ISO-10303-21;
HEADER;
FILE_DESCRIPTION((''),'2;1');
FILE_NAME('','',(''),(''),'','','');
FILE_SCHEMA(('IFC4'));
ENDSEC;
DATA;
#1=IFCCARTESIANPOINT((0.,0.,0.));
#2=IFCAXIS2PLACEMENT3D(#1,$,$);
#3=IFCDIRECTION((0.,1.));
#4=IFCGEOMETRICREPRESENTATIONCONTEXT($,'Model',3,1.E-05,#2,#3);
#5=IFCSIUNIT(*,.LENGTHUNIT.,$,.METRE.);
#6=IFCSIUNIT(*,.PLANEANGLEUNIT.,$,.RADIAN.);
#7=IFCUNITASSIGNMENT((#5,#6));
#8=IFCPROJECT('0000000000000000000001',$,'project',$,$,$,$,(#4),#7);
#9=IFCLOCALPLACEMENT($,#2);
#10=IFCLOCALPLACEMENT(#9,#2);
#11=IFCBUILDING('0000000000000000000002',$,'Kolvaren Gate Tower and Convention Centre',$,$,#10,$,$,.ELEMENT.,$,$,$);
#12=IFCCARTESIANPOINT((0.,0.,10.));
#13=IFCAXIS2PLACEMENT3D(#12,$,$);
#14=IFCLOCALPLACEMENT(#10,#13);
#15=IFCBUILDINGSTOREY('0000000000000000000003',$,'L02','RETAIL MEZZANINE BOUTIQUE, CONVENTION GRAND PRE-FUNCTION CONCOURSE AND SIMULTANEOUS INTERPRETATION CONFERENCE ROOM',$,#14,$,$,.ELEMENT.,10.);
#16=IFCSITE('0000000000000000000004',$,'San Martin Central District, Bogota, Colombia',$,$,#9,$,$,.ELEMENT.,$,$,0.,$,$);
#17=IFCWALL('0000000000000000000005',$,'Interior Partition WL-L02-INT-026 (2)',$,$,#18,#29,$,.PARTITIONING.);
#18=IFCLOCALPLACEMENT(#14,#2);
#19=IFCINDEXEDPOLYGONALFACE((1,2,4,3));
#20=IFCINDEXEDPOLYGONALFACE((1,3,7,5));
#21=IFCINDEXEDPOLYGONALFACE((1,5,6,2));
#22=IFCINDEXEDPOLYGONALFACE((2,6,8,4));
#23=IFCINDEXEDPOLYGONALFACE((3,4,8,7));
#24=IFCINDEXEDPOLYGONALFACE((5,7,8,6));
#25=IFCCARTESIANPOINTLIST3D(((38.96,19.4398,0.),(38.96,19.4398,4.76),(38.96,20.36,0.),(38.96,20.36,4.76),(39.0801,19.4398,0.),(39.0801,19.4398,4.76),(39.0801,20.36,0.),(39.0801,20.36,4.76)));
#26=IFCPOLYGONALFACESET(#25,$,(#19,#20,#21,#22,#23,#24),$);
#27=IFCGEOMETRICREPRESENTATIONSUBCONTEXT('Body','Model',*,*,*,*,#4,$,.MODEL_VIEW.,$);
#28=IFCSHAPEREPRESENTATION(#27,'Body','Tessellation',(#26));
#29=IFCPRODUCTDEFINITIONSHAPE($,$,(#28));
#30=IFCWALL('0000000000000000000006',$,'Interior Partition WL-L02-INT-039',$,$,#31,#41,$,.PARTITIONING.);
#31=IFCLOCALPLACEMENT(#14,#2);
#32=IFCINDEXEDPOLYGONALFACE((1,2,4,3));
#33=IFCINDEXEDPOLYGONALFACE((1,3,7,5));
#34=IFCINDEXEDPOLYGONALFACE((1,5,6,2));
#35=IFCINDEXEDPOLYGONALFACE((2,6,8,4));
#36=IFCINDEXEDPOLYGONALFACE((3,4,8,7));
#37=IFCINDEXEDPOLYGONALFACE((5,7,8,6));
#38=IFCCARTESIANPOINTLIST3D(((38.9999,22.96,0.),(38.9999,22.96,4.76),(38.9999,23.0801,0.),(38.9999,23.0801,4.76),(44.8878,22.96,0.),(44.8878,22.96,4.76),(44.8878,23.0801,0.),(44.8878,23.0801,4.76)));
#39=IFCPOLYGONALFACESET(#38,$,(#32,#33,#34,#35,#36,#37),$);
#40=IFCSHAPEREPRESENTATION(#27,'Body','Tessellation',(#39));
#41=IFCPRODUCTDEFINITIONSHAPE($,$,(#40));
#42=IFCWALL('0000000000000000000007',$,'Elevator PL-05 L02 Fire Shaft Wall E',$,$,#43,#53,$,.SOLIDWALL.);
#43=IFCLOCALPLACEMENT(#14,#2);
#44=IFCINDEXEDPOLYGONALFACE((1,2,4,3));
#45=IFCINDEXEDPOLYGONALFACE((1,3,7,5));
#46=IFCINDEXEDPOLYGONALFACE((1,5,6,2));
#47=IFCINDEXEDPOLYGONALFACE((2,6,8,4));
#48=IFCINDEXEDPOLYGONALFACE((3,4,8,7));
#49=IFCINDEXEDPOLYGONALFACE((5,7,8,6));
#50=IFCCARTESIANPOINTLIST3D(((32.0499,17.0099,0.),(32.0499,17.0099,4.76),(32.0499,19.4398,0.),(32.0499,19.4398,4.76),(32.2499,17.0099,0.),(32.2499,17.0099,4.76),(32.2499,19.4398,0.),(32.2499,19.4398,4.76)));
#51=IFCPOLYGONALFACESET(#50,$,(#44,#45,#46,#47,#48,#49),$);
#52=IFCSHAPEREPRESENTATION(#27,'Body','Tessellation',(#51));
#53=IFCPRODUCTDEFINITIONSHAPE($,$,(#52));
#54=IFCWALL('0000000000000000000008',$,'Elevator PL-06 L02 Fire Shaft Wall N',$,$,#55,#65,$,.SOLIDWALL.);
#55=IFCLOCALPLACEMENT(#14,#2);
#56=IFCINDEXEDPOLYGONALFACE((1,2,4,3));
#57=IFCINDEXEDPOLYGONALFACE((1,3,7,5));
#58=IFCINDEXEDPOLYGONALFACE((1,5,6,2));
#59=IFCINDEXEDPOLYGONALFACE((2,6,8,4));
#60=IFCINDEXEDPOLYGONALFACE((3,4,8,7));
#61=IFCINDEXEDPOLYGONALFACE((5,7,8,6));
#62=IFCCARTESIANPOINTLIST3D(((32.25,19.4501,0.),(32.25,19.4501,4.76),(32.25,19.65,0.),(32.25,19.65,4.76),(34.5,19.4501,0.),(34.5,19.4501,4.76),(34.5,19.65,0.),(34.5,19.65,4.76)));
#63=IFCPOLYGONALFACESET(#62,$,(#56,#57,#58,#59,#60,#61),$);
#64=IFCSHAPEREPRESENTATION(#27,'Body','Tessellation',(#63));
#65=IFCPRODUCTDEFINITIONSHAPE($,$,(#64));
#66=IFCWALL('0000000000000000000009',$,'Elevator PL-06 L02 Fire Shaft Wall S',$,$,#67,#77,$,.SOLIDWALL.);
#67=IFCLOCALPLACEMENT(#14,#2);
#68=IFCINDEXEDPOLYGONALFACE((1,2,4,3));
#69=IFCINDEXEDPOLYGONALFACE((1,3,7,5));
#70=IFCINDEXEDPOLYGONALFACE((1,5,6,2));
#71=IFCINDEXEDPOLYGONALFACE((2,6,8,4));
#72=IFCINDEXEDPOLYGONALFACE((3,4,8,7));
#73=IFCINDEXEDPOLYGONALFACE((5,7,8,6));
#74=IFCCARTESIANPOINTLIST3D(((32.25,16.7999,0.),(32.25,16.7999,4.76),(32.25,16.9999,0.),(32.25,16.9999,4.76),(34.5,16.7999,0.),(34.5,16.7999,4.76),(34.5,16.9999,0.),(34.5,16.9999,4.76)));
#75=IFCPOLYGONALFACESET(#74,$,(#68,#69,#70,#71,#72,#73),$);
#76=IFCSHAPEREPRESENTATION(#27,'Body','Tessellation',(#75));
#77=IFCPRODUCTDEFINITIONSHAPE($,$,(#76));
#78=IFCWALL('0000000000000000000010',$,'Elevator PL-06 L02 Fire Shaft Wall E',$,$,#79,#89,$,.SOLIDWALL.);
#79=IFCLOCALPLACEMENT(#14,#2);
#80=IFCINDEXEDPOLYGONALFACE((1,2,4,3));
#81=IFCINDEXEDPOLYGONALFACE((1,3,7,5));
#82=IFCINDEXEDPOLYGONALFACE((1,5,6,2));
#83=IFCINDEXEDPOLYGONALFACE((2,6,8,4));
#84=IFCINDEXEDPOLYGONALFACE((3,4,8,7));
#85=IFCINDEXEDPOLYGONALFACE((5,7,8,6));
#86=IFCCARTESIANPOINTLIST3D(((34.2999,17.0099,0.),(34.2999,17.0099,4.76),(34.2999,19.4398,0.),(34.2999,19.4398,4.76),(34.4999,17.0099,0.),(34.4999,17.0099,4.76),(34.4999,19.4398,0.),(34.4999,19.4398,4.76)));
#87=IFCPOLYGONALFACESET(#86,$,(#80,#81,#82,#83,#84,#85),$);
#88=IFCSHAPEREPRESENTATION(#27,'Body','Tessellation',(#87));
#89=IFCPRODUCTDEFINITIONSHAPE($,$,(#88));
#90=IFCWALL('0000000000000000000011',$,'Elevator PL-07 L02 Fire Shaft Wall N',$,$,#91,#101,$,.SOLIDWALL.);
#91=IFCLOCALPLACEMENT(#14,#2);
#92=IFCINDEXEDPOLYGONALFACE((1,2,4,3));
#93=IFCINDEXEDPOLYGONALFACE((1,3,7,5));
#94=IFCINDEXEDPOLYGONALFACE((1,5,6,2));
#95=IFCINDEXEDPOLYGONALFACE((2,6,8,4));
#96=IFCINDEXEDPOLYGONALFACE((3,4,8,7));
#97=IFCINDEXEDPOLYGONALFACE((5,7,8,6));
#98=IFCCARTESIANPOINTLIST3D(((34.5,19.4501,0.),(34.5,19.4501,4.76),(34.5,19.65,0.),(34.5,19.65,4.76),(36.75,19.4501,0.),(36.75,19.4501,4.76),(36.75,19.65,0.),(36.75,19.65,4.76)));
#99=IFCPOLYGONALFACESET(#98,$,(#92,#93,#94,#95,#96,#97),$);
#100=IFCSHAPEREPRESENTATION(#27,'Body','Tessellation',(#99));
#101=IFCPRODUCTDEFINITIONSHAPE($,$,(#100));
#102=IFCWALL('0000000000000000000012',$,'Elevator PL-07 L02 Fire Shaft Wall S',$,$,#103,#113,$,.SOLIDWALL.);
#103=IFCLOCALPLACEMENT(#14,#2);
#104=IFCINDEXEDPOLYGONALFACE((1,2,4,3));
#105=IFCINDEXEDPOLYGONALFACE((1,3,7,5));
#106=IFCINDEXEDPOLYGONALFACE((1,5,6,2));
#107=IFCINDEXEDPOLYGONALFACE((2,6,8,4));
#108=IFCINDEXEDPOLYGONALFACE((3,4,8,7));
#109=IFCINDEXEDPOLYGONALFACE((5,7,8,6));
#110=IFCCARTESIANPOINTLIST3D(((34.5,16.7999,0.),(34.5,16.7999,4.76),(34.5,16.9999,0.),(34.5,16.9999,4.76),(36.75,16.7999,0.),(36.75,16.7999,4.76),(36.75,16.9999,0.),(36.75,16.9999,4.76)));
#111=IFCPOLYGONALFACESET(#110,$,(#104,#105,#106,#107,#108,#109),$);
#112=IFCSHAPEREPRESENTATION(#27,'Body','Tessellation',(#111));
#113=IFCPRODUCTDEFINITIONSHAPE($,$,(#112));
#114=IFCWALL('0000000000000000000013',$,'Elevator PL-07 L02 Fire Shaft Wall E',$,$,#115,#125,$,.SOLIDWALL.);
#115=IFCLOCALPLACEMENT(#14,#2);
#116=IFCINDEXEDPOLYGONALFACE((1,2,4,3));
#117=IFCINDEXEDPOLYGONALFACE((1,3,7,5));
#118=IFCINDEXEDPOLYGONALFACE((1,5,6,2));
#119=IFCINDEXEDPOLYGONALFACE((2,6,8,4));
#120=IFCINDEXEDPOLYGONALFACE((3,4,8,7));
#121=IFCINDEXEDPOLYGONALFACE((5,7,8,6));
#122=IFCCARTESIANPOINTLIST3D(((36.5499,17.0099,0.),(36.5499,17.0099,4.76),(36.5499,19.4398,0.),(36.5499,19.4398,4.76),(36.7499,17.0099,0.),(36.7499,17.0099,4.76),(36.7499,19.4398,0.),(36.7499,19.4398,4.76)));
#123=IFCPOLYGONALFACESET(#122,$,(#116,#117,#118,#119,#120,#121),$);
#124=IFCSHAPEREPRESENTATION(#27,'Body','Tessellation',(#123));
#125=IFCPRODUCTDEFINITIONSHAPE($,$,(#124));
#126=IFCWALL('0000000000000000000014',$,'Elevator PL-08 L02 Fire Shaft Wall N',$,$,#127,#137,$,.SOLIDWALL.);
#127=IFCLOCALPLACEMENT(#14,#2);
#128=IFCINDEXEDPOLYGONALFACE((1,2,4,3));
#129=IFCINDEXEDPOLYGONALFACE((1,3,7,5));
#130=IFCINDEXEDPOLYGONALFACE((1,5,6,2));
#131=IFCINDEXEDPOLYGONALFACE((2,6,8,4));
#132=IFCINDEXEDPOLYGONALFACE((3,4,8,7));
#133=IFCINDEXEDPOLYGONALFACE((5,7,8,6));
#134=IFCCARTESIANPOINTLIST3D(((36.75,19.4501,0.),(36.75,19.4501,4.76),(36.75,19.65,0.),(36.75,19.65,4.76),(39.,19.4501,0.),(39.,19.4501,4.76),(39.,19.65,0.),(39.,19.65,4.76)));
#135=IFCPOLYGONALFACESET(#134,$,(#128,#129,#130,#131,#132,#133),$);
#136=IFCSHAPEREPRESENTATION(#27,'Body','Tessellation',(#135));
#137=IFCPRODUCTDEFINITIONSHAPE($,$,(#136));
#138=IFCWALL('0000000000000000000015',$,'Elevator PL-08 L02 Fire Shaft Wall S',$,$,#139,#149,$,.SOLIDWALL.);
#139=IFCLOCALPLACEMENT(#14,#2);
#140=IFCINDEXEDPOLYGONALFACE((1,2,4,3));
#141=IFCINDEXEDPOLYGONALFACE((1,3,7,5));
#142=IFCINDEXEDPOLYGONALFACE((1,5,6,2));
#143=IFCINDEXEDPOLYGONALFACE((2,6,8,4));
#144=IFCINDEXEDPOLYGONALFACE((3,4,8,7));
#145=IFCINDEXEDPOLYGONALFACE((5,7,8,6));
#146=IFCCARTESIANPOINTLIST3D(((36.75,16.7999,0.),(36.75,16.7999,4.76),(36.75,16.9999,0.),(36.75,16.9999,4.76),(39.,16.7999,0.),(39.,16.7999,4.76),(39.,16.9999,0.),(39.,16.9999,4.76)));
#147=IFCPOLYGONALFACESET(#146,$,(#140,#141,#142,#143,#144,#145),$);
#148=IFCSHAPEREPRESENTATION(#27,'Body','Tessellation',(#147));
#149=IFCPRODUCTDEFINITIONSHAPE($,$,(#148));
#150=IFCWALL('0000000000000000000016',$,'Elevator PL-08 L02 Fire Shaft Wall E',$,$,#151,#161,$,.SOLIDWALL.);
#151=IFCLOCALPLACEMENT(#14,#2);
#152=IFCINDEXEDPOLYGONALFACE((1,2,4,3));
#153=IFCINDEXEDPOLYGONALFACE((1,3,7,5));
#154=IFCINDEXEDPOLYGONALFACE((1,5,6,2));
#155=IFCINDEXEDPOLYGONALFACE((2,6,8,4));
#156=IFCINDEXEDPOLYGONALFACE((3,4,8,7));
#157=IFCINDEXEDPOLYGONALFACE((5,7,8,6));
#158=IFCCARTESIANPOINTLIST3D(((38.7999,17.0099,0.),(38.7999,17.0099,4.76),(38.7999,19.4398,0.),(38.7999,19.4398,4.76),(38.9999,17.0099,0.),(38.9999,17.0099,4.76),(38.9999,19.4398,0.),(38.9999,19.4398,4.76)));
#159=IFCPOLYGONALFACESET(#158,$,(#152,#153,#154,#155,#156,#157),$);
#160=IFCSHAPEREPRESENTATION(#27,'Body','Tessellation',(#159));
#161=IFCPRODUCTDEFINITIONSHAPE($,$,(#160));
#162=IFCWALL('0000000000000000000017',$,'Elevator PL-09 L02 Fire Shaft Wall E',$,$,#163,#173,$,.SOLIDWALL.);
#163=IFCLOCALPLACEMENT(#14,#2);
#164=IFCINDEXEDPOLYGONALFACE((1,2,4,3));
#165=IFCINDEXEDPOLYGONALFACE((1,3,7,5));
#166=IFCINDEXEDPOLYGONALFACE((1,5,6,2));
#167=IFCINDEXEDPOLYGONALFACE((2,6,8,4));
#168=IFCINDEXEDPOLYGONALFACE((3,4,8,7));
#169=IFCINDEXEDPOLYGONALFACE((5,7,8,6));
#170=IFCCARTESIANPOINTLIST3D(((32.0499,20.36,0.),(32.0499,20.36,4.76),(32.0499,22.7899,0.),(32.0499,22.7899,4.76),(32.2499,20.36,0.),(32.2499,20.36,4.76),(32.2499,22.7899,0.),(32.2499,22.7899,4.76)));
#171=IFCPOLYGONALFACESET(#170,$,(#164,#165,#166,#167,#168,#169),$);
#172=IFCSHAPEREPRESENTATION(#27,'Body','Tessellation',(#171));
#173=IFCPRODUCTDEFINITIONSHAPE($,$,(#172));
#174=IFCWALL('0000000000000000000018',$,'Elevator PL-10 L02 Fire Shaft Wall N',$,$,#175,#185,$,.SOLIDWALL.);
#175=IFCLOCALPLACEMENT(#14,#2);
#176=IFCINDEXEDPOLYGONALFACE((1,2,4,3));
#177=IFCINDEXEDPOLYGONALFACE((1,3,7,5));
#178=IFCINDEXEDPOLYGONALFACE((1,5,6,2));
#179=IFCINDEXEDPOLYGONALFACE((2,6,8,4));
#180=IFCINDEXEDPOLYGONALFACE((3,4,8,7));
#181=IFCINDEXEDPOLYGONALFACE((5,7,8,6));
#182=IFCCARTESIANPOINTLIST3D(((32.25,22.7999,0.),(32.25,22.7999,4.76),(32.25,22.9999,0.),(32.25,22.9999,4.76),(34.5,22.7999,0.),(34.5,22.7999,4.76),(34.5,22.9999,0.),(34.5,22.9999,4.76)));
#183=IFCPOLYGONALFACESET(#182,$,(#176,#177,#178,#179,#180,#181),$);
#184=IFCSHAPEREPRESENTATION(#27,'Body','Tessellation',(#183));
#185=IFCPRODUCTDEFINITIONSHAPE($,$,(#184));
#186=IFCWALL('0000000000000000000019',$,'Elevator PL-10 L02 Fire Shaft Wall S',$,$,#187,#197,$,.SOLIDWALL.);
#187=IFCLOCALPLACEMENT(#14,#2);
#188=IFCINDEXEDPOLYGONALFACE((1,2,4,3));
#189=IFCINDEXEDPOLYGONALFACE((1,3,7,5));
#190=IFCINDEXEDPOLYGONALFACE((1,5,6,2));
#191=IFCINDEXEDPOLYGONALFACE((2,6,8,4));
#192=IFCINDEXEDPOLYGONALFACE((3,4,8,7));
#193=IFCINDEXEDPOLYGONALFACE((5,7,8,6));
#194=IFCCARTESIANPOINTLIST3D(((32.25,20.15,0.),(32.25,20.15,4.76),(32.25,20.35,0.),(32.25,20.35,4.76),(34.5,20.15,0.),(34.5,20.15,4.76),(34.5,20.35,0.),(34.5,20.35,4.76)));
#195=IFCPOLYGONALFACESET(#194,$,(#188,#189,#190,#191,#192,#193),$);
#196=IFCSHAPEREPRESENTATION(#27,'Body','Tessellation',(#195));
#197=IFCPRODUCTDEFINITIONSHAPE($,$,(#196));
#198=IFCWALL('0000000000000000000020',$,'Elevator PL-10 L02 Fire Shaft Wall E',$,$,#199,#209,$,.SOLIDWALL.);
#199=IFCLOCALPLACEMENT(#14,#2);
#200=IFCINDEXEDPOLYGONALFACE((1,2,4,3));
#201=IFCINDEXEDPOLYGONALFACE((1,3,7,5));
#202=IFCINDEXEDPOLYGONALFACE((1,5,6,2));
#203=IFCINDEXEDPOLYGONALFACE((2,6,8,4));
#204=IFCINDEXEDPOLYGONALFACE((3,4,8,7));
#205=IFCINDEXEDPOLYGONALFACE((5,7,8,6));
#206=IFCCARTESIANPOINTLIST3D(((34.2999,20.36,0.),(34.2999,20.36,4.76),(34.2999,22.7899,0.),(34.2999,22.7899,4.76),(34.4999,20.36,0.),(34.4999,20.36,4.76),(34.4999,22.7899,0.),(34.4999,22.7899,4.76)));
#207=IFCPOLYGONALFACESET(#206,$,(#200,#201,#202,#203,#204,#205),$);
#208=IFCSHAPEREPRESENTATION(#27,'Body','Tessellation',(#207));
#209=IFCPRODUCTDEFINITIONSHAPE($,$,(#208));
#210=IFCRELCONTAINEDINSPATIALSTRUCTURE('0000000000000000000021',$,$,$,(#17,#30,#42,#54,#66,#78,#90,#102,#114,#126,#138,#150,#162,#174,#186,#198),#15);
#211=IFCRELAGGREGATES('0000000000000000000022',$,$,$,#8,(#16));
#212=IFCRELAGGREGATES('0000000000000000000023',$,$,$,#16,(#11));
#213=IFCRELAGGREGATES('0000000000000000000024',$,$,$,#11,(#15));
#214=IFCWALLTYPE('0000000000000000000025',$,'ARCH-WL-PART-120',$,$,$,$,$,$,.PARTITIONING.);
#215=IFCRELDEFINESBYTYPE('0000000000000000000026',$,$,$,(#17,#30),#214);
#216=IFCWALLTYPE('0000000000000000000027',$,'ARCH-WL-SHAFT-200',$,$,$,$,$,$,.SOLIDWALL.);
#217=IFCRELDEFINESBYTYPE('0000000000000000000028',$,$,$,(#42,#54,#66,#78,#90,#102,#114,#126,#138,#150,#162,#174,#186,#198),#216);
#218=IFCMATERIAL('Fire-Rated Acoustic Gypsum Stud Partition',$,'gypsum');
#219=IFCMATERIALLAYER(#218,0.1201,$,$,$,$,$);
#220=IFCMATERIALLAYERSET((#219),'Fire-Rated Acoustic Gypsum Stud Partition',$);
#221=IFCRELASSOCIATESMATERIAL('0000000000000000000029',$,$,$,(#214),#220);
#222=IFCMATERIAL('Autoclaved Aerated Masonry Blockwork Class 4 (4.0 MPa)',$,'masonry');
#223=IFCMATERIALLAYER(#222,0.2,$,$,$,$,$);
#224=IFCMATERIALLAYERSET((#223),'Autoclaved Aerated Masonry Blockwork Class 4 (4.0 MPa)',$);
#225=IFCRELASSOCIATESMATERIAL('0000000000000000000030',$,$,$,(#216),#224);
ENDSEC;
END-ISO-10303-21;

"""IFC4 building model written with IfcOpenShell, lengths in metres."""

from ifc_helpers import new_model, si_unit, direction, frame, frame_2d, origin, place, context, subcontext, project, spatial, rectangle, extrude, material, layer, layer_set, type_object, element, save


model = new_model("IFC4")

# Units and contexts
model_context = context("Model", 3, precision=1e-05, world=origin(), true_north=direction((0.0, 1.0)))
body_context = subcontext(model_context, "Body", "Model", "MODEL_VIEW")
ifc_project = project(units=[si_unit("LENGTHUNIT", "METRE"), si_unit("PLANEANGLEUNIT", "RADIAN")], contexts=[model_context])

# Site, building, storey
site_placement = place(None, origin())
site = spatial("IfcSite", under=ifc_project, at=site_placement, Name="San Martin Central District, Bogota, Colombia", CompositionType="ELEMENT", RefElevation=0.0)
building_placement = place(site_placement, origin())
building = spatial("IfcBuilding", under=site, at=building_placement, Name="Kolvaren Gate Tower and Convention Centre", CompositionType="ELEMENT")
storey_placement = place(building_placement, frame((0.0, 0.0, 10.0)))
storey = spatial("IfcBuildingStorey", under=building, at=storey_placement, Name="L02", Description="RETAIL MEZZANINE BOUTIQUE, CONVENTION GRAND PRE-FUNCTION CONCOURSE AND SIMULTANEOUS INTERPRETATION CONFERENCE ROOM", CompositionType="ELEMENT", Elevation=10.0)

# Walls
ifc_material_1 = material(Name="Fire-Rated Acoustic Gypsum Stud Partition", Category="gypsum")
ifc_layer_1 = layer(ifc_material_1, 0.1201)
ifc_layer_set_1 = layer_set([ifc_layer_1], Name="Fire-Rated Acoustic Gypsum Stud Partition")
wall_type_1 = type_object("IfcWallType", Name="ARCH-WL-PART-120", PredefinedType="PARTITIONING", material=ifc_layer_set_1)
wall_1_placement = place(storey_placement, frame((39.02, 19.4399, 0.0), z_axis=(0.0, 0.0, 1.0), x_axis=(0.0, 1.0, 0.0)))
element("IfcWall", 1, at=wall_1_placement, inside=storey, type_object=wall_type_1, Name="Interior Partition WL-L02-INT-026 (2)", PredefinedType="PARTITIONING", context=body_context, shape_type="SweptSolid", body=[
    extrude(rectangle(XDim=0.9202, YDim=0.1201, at=frame_2d((0.46, 0.0))), origin(), (0.0, 0.0, 1.0), 4.76),
])
wall_2_placement = place(storey_placement, frame((39.0, 23.02, 0.0), z_axis=(0.0, 0.0, 1.0), x_axis=(1.0, 0.0, 0.0)))
element("IfcWall", 2, at=wall_2_placement, inside=storey, type_object=wall_type_1, Name="Interior Partition WL-L02-INT-039", PredefinedType="PARTITIONING", context=body_context, shape_type="SweptSolid", body=[
    extrude(rectangle(XDim=5.8879, YDim=0.1201, at=frame_2d((2.9438, 0.0))), origin(), (0.0, 0.0, 1.0), 4.76),
])
ifc_material_2 = material(Name="Autoclaved Aerated Masonry Blockwork Class 4 (4.0 MPa)", Category="masonry")
ifc_layer_2 = layer(ifc_material_2, 0.2)
ifc_layer_set_2 = layer_set([ifc_layer_2], Name="Autoclaved Aerated Masonry Blockwork Class 4 (4.0 MPa)")
wall_type_2 = type_object("IfcWallType", Name="ARCH-WL-SHAFT-200", PredefinedType="SOLIDWALL", material=ifc_layer_set_2)
wall_3_placement = place(storey_placement, frame((32.1499, 17.01, 0.0), z_axis=(0.0, 0.0, 1.0), x_axis=(0.0, 1.0, 0.0)))
element("IfcWall", 3, at=wall_3_placement, inside=storey, type_object=wall_type_2, Name="Elevator PL-05 L02 Fire Shaft Wall E", PredefinedType="SOLIDWALL", context=body_context, shape_type="SweptSolid", body=[
    extrude(rectangle(XDim=2.4299, YDim=0.2, at=frame_2d((1.2148, 0.0))), origin(), (0.0, 0.0, 1.0), 4.76),
])
for number, where, z_axis, x_axis, name in (
    (4, (32.25, 19.55, 0.0), (0.0, 0.0, 1.0), (1.0, 0.0, 0.0), "Elevator PL-06 L02 Fire Shaft Wall N"),
    (5, (32.25, 16.8999, 0.0), (0.0, 0.0, 1.0), (1.0, 0.0, 0.0), "Elevator PL-06 L02 Fire Shaft Wall S"),
):
    element("IfcWall", number, at=place(storey_placement, frame(where, z_axis=z_axis, x_axis=x_axis)), inside=storey, type_object=wall_type_2, Name=name, PredefinedType="SOLIDWALL", context=body_context, shape_type="SweptSolid", body=[
        extrude(rectangle(XDim=2.25, YDim=0.2, at=frame_2d((1.125, 0.0))), origin(), (0.0, 0.0, 1.0), 4.76),
    ])
wall_4_placement = place(storey_placement, frame((34.3999, 17.01, 0.0), z_axis=(0.0, 0.0, 1.0), x_axis=(0.0, 1.0, 0.0)))
element("IfcWall", 6, at=wall_4_placement, inside=storey, type_object=wall_type_2, Name="Elevator PL-06 L02 Fire Shaft Wall E", PredefinedType="SOLIDWALL", context=body_context, shape_type="SweptSolid", body=[
    extrude(rectangle(XDim=2.4299, YDim=0.2, at=frame_2d((1.2148, 0.0))), origin(), (0.0, 0.0, 1.0), 4.76),
])
for number, where, z_axis, x_axis, name in (
    (7, (34.5, 19.55, 0.0), (0.0, 0.0, 1.0), (1.0, 0.0, 0.0), "Elevator PL-07 L02 Fire Shaft Wall N"),
    (8, (34.5, 16.8999, 0.0), (0.0, 0.0, 1.0), (1.0, 0.0, 0.0), "Elevator PL-07 L02 Fire Shaft Wall S"),
):
    element("IfcWall", number, at=place(storey_placement, frame(where, z_axis=z_axis, x_axis=x_axis)), inside=storey, type_object=wall_type_2, Name=name, PredefinedType="SOLIDWALL", context=body_context, shape_type="SweptSolid", body=[
        extrude(rectangle(XDim=2.25, YDim=0.2, at=frame_2d((1.125, 0.0))), origin(), (0.0, 0.0, 1.0), 4.76),
    ])
wall_5_placement = place(storey_placement, frame((36.6499, 17.01, 0.0), z_axis=(0.0, 0.0, 1.0), x_axis=(0.0, 1.0, 0.0)))
element("IfcWall", 9, at=wall_5_placement, inside=storey, type_object=wall_type_2, Name="Elevator PL-07 L02 Fire Shaft Wall E", PredefinedType="SOLIDWALL", context=body_context, shape_type="SweptSolid", body=[
    extrude(rectangle(XDim=2.4299, YDim=0.2, at=frame_2d((1.2148, 0.0))), origin(), (0.0, 0.0, 1.0), 4.76),
])
for number, where, z_axis, x_axis, name in (
    (10, (36.75, 19.55, 0.0), (0.0, 0.0, 1.0), (1.0, 0.0, 0.0), "Elevator PL-08 L02 Fire Shaft Wall N"),
    (11, (36.75, 16.8999, 0.0), (0.0, 0.0, 1.0), (1.0, 0.0, 0.0), "Elevator PL-08 L02 Fire Shaft Wall S"),
):
    element("IfcWall", number, at=place(storey_placement, frame(where, z_axis=z_axis, x_axis=x_axis)), inside=storey, type_object=wall_type_2, Name=name, PredefinedType="SOLIDWALL", context=body_context, shape_type="SweptSolid", body=[
        extrude(rectangle(XDim=2.25, YDim=0.2, at=frame_2d((1.125, 0.0))), origin(), (0.0, 0.0, 1.0), 4.76),
    ])
for number, where, z_axis, x_axis, name in (
    (12, (38.8999, 17.01, 0.0), (0.0, 0.0, 1.0), (0.0, 1.0, 0.0), "Elevator PL-08 L02 Fire Shaft Wall E"),
    (13, (32.1499, 20.3601, 0.0), (0.0, 0.0, 1.0), (0.0, 1.0, 0.0), "Elevator PL-09 L02 Fire Shaft Wall E"),
):
    element("IfcWall", number, at=place(storey_placement, frame(where, z_axis=z_axis, x_axis=x_axis)), inside=storey, type_object=wall_type_2, Name=name, PredefinedType="SOLIDWALL", context=body_context, shape_type="SweptSolid", body=[
        extrude(rectangle(XDim=2.4299, YDim=0.2, at=frame_2d((1.2148, 0.0))), origin(), (0.0, 0.0, 1.0), 4.76),
    ])
for number, where, z_axis, x_axis, name in (
    (14, (32.25, 22.8999, 0.0), (0.0, 0.0, 1.0), (1.0, 0.0, 0.0), "Elevator PL-10 L02 Fire Shaft Wall N"),
    (15, (32.25, 20.25, 0.0), (0.0, 0.0, 1.0), (1.0, 0.0, 0.0), "Elevator PL-10 L02 Fire Shaft Wall S"),
):
    element("IfcWall", number, at=place(storey_placement, frame(where, z_axis=z_axis, x_axis=x_axis)), inside=storey, type_object=wall_type_2, Name=name, PredefinedType="SOLIDWALL", context=body_context, shape_type="SweptSolid", body=[
        extrude(rectangle(XDim=2.25, YDim=0.2, at=frame_2d((1.125, 0.0))), origin(), (0.0, 0.0, 1.0), 4.76),
    ])
wall_6_placement = place(storey_placement, frame((34.3999, 20.3601, 0.0), z_axis=(0.0, 0.0, 1.0), x_axis=(0.0, 1.0, 0.0)))
element("IfcWall", 16, at=wall_6_placement, inside=storey, type_object=wall_type_2, Name="Elevator PL-10 L02 Fire Shaft Wall E", PredefinedType="SOLIDWALL", context=body_context, shape_type="SweptSolid", body=[
    extrude(rectangle(XDim=2.4299, YDim=0.2, at=frame_2d((1.2148, 0.0))), origin(), (0.0, 0.0, 1.0), 4.76),
])

save(model, "model.ifc")
